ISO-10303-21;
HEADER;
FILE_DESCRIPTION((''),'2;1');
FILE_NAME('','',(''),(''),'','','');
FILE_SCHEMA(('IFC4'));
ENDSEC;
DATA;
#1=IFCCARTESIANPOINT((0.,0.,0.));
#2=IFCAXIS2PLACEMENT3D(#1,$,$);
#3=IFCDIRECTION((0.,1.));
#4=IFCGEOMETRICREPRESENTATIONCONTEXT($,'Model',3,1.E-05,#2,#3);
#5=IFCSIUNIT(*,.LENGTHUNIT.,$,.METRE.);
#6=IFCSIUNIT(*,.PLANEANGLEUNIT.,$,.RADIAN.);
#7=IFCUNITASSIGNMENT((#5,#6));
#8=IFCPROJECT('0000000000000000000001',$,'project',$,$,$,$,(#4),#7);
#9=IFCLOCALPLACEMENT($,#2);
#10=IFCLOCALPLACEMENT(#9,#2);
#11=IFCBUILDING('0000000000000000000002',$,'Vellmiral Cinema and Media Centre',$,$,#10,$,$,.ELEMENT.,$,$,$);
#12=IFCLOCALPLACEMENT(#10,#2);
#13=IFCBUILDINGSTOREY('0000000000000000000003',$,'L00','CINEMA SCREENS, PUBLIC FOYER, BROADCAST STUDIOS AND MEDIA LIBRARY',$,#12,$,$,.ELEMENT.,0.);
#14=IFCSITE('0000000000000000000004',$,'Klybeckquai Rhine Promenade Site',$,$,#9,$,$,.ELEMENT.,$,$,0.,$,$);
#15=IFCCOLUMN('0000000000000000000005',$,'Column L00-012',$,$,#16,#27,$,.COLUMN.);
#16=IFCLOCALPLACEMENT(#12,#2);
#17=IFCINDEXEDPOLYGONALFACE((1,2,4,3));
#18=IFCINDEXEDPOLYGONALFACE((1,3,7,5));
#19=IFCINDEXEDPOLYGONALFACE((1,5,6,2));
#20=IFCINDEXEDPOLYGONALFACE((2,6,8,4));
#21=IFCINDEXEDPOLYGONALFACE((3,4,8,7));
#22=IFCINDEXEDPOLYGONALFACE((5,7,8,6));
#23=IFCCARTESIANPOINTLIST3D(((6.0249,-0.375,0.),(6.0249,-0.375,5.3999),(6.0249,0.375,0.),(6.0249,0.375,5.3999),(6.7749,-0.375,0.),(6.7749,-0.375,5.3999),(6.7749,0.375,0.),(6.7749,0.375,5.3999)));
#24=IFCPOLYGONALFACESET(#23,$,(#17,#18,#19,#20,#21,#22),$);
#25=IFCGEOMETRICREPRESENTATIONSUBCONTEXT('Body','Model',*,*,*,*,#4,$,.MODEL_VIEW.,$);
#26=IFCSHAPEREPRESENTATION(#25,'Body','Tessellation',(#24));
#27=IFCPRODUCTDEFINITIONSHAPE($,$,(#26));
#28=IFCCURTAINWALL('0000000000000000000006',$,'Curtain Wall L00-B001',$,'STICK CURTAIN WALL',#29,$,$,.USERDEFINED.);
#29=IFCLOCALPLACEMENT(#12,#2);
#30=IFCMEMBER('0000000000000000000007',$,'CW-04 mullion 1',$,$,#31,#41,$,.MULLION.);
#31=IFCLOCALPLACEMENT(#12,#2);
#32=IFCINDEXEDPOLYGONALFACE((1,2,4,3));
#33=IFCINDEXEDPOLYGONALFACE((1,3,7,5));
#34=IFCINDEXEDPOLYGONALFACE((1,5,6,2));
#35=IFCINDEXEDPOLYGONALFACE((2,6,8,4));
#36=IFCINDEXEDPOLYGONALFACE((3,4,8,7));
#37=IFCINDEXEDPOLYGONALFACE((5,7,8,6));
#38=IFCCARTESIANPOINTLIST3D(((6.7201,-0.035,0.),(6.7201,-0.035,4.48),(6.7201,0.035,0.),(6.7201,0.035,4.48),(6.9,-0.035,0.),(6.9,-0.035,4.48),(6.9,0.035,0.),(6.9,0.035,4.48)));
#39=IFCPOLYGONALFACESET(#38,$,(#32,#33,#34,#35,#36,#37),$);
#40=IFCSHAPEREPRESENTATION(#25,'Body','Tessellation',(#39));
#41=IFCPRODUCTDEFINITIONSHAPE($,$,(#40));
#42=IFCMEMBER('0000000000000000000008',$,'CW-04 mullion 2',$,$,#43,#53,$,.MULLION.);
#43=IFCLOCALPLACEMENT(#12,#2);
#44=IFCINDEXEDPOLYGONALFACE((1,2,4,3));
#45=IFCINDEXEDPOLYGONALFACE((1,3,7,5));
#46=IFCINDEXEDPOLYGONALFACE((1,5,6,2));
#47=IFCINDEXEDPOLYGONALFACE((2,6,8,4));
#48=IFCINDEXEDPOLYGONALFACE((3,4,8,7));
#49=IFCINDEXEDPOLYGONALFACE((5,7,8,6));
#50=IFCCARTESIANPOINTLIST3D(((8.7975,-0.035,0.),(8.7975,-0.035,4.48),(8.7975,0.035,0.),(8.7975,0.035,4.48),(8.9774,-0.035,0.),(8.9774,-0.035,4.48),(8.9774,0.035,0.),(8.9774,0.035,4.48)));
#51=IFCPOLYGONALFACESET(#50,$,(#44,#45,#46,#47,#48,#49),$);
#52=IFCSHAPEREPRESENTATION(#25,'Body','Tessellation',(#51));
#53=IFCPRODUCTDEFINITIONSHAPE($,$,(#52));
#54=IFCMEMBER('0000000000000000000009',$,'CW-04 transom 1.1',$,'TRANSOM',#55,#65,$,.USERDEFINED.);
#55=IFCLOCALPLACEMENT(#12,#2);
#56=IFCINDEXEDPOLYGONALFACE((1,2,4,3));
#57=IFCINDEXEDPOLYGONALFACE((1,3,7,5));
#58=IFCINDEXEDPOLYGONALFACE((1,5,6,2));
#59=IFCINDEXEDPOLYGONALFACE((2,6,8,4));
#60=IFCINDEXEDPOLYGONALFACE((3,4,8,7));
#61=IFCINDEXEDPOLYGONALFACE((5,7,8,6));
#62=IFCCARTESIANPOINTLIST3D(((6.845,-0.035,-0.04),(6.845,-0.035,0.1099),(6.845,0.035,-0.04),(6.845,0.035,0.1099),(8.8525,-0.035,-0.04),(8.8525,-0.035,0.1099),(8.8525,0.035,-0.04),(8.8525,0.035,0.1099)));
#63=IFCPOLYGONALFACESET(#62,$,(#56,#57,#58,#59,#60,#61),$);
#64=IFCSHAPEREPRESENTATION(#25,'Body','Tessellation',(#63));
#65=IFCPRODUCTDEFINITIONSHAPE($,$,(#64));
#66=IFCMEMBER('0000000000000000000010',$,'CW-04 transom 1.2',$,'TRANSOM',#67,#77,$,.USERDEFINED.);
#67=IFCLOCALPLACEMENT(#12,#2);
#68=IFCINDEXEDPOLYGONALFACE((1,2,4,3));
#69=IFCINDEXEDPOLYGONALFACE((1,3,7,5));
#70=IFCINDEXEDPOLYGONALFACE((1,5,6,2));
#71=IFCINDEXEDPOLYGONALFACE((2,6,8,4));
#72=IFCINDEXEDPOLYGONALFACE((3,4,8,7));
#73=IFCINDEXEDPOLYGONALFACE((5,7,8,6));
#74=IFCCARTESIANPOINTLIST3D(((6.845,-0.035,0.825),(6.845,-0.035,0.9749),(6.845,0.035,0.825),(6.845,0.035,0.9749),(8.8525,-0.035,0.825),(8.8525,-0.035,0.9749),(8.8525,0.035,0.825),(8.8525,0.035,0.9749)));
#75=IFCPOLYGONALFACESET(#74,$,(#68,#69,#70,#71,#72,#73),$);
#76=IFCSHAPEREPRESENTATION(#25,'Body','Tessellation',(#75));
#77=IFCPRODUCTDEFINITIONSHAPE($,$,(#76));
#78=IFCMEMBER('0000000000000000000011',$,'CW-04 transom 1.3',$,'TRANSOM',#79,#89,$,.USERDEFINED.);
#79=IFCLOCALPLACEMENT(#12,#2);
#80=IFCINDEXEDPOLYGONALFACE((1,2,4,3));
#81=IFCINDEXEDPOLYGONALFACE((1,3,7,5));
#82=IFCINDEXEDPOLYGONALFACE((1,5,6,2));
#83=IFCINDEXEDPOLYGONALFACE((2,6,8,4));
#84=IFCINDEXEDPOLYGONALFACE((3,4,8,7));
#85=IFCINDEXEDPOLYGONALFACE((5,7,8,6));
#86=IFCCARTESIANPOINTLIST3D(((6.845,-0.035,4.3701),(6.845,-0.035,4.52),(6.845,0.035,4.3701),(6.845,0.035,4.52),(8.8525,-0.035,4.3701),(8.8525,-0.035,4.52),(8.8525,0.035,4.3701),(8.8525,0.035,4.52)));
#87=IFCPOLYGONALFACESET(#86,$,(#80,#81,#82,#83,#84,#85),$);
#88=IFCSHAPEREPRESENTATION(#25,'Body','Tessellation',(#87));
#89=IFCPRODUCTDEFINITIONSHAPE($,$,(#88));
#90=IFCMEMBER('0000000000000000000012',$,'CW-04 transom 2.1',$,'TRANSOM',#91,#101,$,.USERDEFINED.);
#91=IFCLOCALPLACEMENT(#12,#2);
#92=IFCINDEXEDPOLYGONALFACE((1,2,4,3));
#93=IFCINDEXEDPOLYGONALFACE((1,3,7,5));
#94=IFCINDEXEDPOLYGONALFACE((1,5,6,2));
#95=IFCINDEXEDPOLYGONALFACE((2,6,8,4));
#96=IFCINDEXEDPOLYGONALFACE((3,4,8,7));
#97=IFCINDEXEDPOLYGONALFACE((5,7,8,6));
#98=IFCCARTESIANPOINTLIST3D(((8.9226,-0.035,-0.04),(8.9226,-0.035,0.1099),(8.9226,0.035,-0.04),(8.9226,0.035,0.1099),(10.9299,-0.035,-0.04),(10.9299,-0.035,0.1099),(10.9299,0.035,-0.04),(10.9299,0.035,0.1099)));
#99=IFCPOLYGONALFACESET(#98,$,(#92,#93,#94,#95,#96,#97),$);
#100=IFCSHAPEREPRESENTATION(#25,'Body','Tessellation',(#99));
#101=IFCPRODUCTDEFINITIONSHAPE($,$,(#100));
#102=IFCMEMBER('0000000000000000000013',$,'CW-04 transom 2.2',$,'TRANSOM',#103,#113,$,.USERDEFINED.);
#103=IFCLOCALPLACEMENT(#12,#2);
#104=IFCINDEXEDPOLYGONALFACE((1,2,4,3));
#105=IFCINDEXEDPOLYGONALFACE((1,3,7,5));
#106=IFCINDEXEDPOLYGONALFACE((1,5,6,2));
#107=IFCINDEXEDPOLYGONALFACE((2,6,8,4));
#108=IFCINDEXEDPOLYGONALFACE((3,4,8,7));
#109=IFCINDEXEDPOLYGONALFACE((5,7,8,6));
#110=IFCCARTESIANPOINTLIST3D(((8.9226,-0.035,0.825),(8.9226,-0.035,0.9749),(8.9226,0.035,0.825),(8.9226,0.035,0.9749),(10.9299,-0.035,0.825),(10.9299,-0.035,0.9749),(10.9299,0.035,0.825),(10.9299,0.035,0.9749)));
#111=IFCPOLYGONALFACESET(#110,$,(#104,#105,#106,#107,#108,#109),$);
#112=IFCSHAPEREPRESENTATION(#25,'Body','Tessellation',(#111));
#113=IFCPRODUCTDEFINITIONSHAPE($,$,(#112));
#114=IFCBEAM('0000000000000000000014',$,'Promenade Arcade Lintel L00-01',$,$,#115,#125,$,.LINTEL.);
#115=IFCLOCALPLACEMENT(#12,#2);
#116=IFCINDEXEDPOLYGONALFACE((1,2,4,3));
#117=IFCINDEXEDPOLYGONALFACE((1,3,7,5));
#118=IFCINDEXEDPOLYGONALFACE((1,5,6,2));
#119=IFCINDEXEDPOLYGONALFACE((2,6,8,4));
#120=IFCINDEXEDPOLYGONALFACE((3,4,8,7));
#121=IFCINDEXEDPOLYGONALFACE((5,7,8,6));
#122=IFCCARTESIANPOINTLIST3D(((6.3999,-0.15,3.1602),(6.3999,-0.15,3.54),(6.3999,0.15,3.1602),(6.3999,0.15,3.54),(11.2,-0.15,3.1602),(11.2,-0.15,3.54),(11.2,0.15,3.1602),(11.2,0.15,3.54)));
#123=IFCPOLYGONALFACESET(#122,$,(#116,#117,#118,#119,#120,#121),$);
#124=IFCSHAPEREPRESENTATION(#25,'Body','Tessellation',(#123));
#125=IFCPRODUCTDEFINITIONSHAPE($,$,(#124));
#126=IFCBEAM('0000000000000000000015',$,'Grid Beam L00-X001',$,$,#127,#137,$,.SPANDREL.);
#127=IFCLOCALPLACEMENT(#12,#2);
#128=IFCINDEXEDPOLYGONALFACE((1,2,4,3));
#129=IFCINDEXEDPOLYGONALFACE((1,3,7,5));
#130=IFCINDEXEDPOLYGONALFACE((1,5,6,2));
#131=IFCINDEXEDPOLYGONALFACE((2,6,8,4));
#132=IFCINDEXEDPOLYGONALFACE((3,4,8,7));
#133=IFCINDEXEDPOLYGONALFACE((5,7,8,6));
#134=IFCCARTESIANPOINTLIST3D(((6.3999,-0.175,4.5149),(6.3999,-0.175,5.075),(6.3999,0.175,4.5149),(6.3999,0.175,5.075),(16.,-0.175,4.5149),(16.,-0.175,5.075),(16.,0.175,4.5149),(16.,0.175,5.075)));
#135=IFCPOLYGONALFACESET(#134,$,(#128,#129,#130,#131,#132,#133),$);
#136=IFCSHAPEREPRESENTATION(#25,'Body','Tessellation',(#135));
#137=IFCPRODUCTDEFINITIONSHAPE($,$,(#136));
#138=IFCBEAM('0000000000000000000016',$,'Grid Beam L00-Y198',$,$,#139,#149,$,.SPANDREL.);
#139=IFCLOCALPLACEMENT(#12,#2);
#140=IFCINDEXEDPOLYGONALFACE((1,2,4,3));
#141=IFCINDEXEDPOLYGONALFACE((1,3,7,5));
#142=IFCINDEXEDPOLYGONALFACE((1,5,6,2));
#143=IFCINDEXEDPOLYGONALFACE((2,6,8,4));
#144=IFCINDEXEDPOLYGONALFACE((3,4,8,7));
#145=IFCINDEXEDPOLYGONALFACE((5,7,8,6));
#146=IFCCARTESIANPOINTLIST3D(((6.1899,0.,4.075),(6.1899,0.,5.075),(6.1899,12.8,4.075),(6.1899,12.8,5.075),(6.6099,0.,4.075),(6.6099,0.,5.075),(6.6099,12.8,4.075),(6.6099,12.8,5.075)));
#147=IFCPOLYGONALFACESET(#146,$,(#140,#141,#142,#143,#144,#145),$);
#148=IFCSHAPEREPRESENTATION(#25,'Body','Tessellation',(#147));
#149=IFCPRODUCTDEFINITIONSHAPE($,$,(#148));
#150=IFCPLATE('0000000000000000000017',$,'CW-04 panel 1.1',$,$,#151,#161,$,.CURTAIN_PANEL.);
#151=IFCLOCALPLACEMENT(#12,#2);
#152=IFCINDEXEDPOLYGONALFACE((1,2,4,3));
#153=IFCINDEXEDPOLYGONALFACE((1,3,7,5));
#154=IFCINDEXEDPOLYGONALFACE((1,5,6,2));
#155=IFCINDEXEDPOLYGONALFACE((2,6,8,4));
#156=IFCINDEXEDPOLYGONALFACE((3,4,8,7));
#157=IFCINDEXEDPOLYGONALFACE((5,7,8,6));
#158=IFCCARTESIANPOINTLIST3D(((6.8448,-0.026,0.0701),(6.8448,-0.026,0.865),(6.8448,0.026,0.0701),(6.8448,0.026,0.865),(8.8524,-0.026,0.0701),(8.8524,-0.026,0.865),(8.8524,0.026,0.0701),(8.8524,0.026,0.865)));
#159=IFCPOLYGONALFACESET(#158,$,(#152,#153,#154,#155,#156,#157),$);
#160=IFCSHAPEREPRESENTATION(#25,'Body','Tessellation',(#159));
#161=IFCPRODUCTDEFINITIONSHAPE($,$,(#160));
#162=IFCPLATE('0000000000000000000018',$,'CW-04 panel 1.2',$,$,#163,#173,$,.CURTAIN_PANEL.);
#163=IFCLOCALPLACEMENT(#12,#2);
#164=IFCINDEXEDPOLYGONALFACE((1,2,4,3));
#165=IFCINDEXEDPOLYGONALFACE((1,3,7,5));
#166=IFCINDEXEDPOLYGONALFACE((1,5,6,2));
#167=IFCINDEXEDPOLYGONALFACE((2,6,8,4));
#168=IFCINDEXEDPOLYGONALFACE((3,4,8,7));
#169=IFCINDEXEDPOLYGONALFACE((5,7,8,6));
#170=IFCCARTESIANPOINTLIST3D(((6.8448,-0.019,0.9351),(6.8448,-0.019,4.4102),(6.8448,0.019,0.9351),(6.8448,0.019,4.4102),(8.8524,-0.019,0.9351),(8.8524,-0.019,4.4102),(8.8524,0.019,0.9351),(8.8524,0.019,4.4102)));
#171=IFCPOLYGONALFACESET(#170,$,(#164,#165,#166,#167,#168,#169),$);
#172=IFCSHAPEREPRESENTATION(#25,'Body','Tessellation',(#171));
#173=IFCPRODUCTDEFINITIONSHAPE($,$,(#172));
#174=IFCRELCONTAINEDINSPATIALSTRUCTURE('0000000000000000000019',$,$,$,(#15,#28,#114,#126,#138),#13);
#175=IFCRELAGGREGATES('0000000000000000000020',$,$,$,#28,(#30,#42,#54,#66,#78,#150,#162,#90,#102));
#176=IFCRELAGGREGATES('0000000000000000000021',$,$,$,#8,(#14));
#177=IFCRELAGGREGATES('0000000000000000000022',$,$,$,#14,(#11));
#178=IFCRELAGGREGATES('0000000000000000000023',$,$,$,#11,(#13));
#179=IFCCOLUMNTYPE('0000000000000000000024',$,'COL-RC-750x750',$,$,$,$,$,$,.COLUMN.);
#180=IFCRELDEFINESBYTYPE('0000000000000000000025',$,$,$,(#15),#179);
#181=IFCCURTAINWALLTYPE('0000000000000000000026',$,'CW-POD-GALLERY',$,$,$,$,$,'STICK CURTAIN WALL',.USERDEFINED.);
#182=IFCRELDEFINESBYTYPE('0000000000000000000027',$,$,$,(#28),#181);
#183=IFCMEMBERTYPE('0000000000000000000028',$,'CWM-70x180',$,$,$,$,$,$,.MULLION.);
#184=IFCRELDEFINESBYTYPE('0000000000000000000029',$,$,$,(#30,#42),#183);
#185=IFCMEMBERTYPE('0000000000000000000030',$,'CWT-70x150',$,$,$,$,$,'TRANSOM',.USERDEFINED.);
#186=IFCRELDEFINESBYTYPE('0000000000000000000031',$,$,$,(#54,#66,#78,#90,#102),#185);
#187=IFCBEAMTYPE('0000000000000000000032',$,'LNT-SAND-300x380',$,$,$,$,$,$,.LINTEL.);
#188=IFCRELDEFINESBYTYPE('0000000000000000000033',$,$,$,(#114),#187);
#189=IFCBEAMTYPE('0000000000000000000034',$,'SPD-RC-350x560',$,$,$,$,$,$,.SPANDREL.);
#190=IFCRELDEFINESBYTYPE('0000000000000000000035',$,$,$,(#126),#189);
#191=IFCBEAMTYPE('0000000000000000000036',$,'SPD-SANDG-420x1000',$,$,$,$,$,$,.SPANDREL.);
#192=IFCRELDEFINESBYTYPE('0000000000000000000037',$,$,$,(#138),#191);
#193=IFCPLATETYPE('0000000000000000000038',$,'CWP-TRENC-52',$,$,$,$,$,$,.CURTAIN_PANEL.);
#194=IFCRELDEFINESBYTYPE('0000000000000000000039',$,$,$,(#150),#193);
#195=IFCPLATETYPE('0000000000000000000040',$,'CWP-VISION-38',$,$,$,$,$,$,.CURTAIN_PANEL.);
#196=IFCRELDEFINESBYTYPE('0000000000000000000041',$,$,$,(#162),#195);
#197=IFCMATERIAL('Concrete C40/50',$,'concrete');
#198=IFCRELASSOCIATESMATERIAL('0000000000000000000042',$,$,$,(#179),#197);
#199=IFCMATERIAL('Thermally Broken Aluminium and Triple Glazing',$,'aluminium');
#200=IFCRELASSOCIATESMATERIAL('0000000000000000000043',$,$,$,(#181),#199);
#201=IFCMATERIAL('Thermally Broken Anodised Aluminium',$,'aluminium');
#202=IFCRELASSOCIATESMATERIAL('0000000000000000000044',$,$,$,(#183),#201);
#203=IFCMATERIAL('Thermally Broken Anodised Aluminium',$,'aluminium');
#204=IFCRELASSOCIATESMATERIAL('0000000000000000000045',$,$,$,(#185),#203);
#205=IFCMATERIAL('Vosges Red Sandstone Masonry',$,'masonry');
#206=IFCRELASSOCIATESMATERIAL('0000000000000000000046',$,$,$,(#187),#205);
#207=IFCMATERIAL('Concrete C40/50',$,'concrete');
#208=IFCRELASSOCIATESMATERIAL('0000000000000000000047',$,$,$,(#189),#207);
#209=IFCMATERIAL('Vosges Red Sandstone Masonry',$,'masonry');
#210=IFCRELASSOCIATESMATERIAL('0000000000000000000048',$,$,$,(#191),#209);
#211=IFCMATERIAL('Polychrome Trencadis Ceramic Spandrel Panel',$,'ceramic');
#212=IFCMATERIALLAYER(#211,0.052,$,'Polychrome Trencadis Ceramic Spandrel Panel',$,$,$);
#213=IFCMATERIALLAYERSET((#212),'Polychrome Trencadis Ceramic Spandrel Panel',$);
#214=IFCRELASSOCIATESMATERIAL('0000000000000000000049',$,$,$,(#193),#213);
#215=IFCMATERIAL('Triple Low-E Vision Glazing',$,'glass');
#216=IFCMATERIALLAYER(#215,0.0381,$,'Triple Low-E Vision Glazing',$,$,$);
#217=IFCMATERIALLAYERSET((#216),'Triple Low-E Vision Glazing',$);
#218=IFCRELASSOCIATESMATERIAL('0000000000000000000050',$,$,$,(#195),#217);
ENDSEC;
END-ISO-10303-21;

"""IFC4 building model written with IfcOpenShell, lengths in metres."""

from ifc_helpers import new_model, si_unit, direction, frame, origin, origin_2d, place, context, subcontext, project, spatial, rectangle, extrude, material, layer, layer_set, material_profile, profile_set, type_object, element, aggregate, save


model = new_model("IFC4")

# Units and contexts
model_context = context("Model", 3, precision=1e-05, world=origin(), true_north=direction((0.0, 1.0)))
body_context = subcontext(model_context, "Body", "Model", "MODEL_VIEW")
ifc_project = project(units=[si_unit("LENGTHUNIT", "METRE"), si_unit("PLANEANGLEUNIT", "RADIAN")], contexts=[model_context])

# Site, building, storey
site_placement = place(None, origin())
site = spatial("IfcSite", under=ifc_project, at=site_placement, Name="Klybeckquai Rhine Promenade Site", CompositionType="ELEMENT", RefElevation=0.0)
building_placement = place(site_placement, origin())
building = spatial("IfcBuilding", under=site, at=building_placement, Name="Vellmiral Cinema and Media Centre", CompositionType="ELEMENT")
storey_placement = place(building_placement, origin())
storey = spatial("IfcBuildingStorey", under=building, at=storey_placement, Name="L00", Description="CINEMA SCREENS, PUBLIC FOYER, BROADCAST STUDIOS AND MEDIA LIBRARY", CompositionType="ELEMENT", Elevation=0.0)

# Column
ifc_material_1 = material(Name="Concrete C40/50", Category="concrete")
ifc_material_profile_1 = material_profile(ifc_material_1, rectangle(XDim=0.75, YDim=0.75, at=origin_2d()), Name="RC 750x750")
ifc_profile_set_1 = profile_set([ifc_material_profile_1], Name="Concrete C40/50")
column_type = type_object("IfcColumnType", Name="COL-RC-750x750", PredefinedType="COLUMN", material=ifc_profile_set_1)
column_placement = place(storey_placement, frame((6.3999, 0.0, 0.0), z_axis=(0.0, 0.0, 1.0), x_axis=(1.0, 0.0, 0.0)))
element("IfcColumn", 1, at=column_placement, inside=storey, type_object=column_type, Name="Column L00-012", PredefinedType="COLUMN", context=body_context, shape_type="SweptSolid", body=[
    extrude(rectangle(XDim=0.75, YDim=0.75, at=origin_2d()), origin(), (0.0, 0.0, 1.0), 5.3999),
])

# Curtain wall, members
ifc_material_2 = material(Name="Thermally Broken Aluminium and Triple Glazing", Category="aluminium")
curtain_wall_type = type_object("IfcCurtainWallType", Name="CW-POD-GALLERY", ElementType="STICK CURTAIN WALL", PredefinedType="USERDEFINED", material=ifc_material_2)
curtain_wall_placement = place(storey_placement, origin())
curtain_wall = element("IfcCurtainWall", 2, at=curtain_wall_placement, inside=storey, type_object=curtain_wall_type, Name="Curtain Wall L00-B001", ObjectType="STICK CURTAIN WALL", PredefinedType="USERDEFINED")
ifc_material_3 = material(Name="Thermally Broken Anodised Aluminium", Category="aluminium")
ifc_material_profile_2 = material_profile(ifc_material_3, rectangle(XDim=0.0701, YDim=0.1799, at=origin_2d()), Name="MULL 70x180")
ifc_profile_set_2 = profile_set([ifc_material_profile_2], Name="Thermally Broken Anodised Aluminium")
member_type_1 = type_object("IfcMemberType", Name="CWM-70x180", PredefinedType="MULLION", material=ifc_profile_set_2)
member_1_placement = place(storey_placement, frame((6.8101, 0.0, 0.0), z_axis=(0.0, 0.0, 1.0), x_axis=(0.0, 1.0, 0.0)))
member_1 = element("IfcMember", 3, at=member_1_placement, type_object=member_type_1, Name="CW-04 mullion 1", PredefinedType="MULLION", context=body_context, shape_type="SweptSolid", body=[
    extrude(rectangle(XDim=0.0701, YDim=0.1799, at=origin_2d()), origin(), (0.0, 0.0, 1.0), 4.48),
])
member_2_placement = place(storey_placement, frame((8.8875, 0.0, 0.0), z_axis=(0.0, 0.0, 1.0), x_axis=(0.0, 1.0, 0.0)))
member_2 = element("IfcMember", 4, at=member_2_placement, type_object=member_type_1, Name="CW-04 mullion 2", PredefinedType="MULLION", context=body_context, shape_type="SweptSolid", body=[
    extrude(rectangle(XDim=0.0701, YDim=0.1799, at=origin_2d()), origin(), (0.0, 0.0, 1.0), 4.48),
])
ifc_material_4 = material(Name="Thermally Broken Anodised Aluminium", Category="aluminium")
ifc_material_profile_3 = material_profile(ifc_material_4, rectangle(XDim=0.0701, YDim=0.1499, at=origin_2d()), Name="MULL 70x150")
ifc_profile_set_3 = profile_set([ifc_material_profile_3], Name="Thermally Broken Anodised Aluminium")
member_type_2 = type_object("IfcMemberType", Name="CWT-70x150", ElementType="TRANSOM", PredefinedType="USERDEFINED", material=ifc_profile_set_3)
member_3_placement = place(storey_placement, frame((6.845, 0.0, 0.0349), z_axis=(1.0, 0.0, 0.0), x_axis=(0.0, 1.0, 0.0)))
member_3 = element("IfcMember", 5, at=member_3_placement, type_object=member_type_2, Name="CW-04 transom 1.1", ObjectType="TRANSOM", PredefinedType="USERDEFINED", context=body_context, shape_type="SweptSolid", body=[
    extrude(rectangle(XDim=0.0701, YDim=0.1499, at=origin_2d()), origin(), (0.0, 0.0, 1.0), 2.0076),
])
member_4_placement = place(storey_placement, frame((6.845, 0.0, 0.8999), z_axis=(1.0, 0.0, 0.0), x_axis=(0.0, 1.0, 0.0)))
member_4 = element("IfcMember", 6, at=member_4_placement, type_object=member_type_2, Name="CW-04 transom 1.2", ObjectType="TRANSOM", PredefinedType="USERDEFINED", context=body_context, shape_type="SweptSolid", body=[
    extrude(rectangle(XDim=0.0701, YDim=0.1499, at=origin_2d()), origin(), (0.0, 0.0, 1.0), 2.0076),
])
member_5_placement = place(storey_placement, frame((6.845, 0.0, 4.4451), z_axis=(1.0, 0.0, 0.0), x_axis=(0.0, 1.0, 0.0)))
member_5 = element("IfcMember", 7, at=member_5_placement, type_object=member_type_2, Name="CW-04 transom 1.3", ObjectType="TRANSOM", PredefinedType="USERDEFINED", context=body_context, shape_type="SweptSolid", body=[
    extrude(rectangle(XDim=0.0701, YDim=0.1499, at=origin_2d()), origin(), (0.0, 0.0, 1.0), 2.0076),
])
member_6_placement = place(storey_placement, frame((8.9226, 0.0, 0.0349), z_axis=(1.0, 0.0, 0.0), x_axis=(0.0, 1.0, 0.0)))
member_6 = element("IfcMember", 8, at=member_6_placement, type_object=member_type_2, Name="CW-04 transom 2.1", ObjectType="TRANSOM", PredefinedType="USERDEFINED", context=body_context, shape_type="SweptSolid", body=[
    extrude(rectangle(XDim=0.0701, YDim=0.1499, at=origin_2d()), origin(), (0.0, 0.0, 1.0), 2.0073),
])
member_7_placement = place(storey_placement, frame((8.9226, 0.0, 0.8999), z_axis=(1.0, 0.0, 0.0), x_axis=(0.0, 1.0, 0.0)))
member_7 = element("IfcMember", 9, at=member_7_placement, type_object=member_type_2, Name="CW-04 transom 2.2", ObjectType="TRANSOM", PredefinedType="USERDEFINED", context=body_context, shape_type="SweptSolid", body=[
    extrude(rectangle(XDim=0.0701, YDim=0.1499, at=origin_2d()), origin(), (0.0, 0.0, 1.0), 2.0073),
])

# Beams
ifc_material_5 = material(Name="Vosges Red Sandstone Masonry", Category="masonry")
ifc_material_profile_4 = material_profile(ifc_material_5, rectangle(XDim=0.3, YDim=0.3799, at=origin_2d()), Name="SAND 300x380")
ifc_profile_set_4 = profile_set([ifc_material_profile_4], Name="Vosges Red Sandstone Masonry")
beam_type_1 = type_object("IfcBeamType", Name="LNT-SAND-300x380", PredefinedType="LINTEL", material=ifc_profile_set_4)
beam_1_placement = place(storey_placement, frame((6.3999, 0.0, 3.3501), z_axis=(1.0, 0.0, 0.0), x_axis=(0.0, 1.0, 0.0)))
element("IfcBeam", 10, at=beam_1_placement, inside=storey, type_object=beam_type_1, Name="Promenade Arcade Lintel L00-01", PredefinedType="LINTEL", context=body_context, shape_type="SweptSolid", body=[
    extrude(rectangle(XDim=0.3, YDim=0.3799, at=origin_2d()), origin(), (0.0, 0.0, 1.0), 4.8),
])
ifc_material_6 = material(Name="Concrete C40/50", Category="concrete")
ifc_material_profile_5 = material_profile(ifc_material_6, rectangle(XDim=0.3501, YDim=0.5601, at=origin_2d()), Name="RC 350x560")
ifc_profile_set_5 = profile_set([ifc_material_profile_5], Name="Concrete C40/50")
beam_type_2 = type_object("IfcBeamType", Name="SPD-RC-350x560", PredefinedType="SPANDREL", material=ifc_profile_set_5)
beam_2_placement = place(storey_placement, frame((6.3999, 0.0, 4.7949), z_axis=(1.0, 0.0, 0.0), x_axis=(0.0, 1.0, 0.0)))
element("IfcBeam", 11, at=beam_2_placement, inside=storey, type_object=beam_type_2, Name="Grid Beam L00-X001", PredefinedType="SPANDREL", context=body_context, shape_type="SweptSolid", body=[
    extrude(rectangle(XDim=0.3501, YDim=0.5601, at=origin_2d()), origin(), (0.0, 0.0, 1.0), 9.6001),
])
ifc_material_7 = material(Name="Vosges Red Sandstone Masonry", Category="masonry")
ifc_material_profile_6 = material_profile(ifc_material_7, rectangle(XDim=0.4199, YDim=1.0, at=origin_2d()), Name="SAND 420x1000")
ifc_profile_set_6 = profile_set([ifc_material_profile_6], Name="Vosges Red Sandstone Masonry")
beam_type_3 = type_object("IfcBeamType", Name="SPD-SANDG-420x1000", PredefinedType="SPANDREL", material=ifc_profile_set_6)
beam_3_placement = place(storey_placement, frame((6.3999, 0.0, 4.575), z_axis=(0.0, 1.0, 0.0), x_axis=(-1.0, 0.0, 0.0)))
element("IfcBeam", 12, at=beam_3_placement, inside=storey, type_object=beam_type_3, Name="Grid Beam L00-Y198", PredefinedType="SPANDREL", context=body_context, shape_type="SweptSolid", body=[
    extrude(rectangle(XDim=0.4199, YDim=1.0, at=origin_2d()), origin(), (0.0, 0.0, 1.0), 12.8),
])

# Plates
ifc_material_8 = material(Name="Polychrome Trencadis Ceramic Spandrel Panel", Category="ceramic")
ifc_layer_1 = layer(ifc_material_8, 0.052, Name="Polychrome Trencadis Ceramic Spandrel Panel")
ifc_layer_set_1 = layer_set([ifc_layer_1], Name="Polychrome Trencadis Ceramic Spandrel Panel")
plate_type_1 = type_object("IfcPlateType", Name="CWP-TRENC-52", PredefinedType="CURTAIN_PANEL", material=ifc_layer_set_1)
plate_1_placement = place(storey_placement, frame((7.8486, 0.0, 0.0701), z_axis=(0.0, 0.0, 1.0), x_axis=(1.0, 0.0, 0.0)))
plate_1 = element("IfcPlate", 13, at=plate_1_placement, type_object=plate_type_1, Name="CW-04 panel 1.1", PredefinedType="CURTAIN_PANEL", context=body_context, shape_type="SweptSolid", body=[
    extrude(rectangle(XDim=2.0076, YDim=0.052, at=origin_2d()), origin(), (0.0, 0.0, 1.0), 0.7949),
])
ifc_material_9 = material(Name="Triple Low-E Vision Glazing", Category="glass")
ifc_layer_2 = layer(ifc_material_9, 0.0381, Name="Triple Low-E Vision Glazing")
ifc_layer_set_2 = layer_set([ifc_layer_2], Name="Triple Low-E Vision Glazing")
plate_type_2 = type_object("IfcPlateType", Name="CWP-VISION-38", PredefinedType="CURTAIN_PANEL", material=ifc_layer_set_2)
plate_2_placement = place(storey_placement, frame((7.8486, 0.0, 0.9351), z_axis=(0.0, 0.0, 1.0), x_axis=(1.0, 0.0, 0.0)))
plate_2 = element("IfcPlate", 14, at=plate_2_placement, type_object=plate_type_2, Name="CW-04 panel 1.2", PredefinedType="CURTAIN_PANEL", context=body_context, shape_type="SweptSolid", body=[
    extrude(rectangle(XDim=2.0076, YDim=0.0381, at=origin_2d()), origin(), (0.0, 0.0, 1.0), 3.4751),
])
aggregate(curtain_wall, [member_1, member_2, member_3, member_4, member_5, plate_1, plate_2, member_6, member_7])

save(model, "model.ifc")
